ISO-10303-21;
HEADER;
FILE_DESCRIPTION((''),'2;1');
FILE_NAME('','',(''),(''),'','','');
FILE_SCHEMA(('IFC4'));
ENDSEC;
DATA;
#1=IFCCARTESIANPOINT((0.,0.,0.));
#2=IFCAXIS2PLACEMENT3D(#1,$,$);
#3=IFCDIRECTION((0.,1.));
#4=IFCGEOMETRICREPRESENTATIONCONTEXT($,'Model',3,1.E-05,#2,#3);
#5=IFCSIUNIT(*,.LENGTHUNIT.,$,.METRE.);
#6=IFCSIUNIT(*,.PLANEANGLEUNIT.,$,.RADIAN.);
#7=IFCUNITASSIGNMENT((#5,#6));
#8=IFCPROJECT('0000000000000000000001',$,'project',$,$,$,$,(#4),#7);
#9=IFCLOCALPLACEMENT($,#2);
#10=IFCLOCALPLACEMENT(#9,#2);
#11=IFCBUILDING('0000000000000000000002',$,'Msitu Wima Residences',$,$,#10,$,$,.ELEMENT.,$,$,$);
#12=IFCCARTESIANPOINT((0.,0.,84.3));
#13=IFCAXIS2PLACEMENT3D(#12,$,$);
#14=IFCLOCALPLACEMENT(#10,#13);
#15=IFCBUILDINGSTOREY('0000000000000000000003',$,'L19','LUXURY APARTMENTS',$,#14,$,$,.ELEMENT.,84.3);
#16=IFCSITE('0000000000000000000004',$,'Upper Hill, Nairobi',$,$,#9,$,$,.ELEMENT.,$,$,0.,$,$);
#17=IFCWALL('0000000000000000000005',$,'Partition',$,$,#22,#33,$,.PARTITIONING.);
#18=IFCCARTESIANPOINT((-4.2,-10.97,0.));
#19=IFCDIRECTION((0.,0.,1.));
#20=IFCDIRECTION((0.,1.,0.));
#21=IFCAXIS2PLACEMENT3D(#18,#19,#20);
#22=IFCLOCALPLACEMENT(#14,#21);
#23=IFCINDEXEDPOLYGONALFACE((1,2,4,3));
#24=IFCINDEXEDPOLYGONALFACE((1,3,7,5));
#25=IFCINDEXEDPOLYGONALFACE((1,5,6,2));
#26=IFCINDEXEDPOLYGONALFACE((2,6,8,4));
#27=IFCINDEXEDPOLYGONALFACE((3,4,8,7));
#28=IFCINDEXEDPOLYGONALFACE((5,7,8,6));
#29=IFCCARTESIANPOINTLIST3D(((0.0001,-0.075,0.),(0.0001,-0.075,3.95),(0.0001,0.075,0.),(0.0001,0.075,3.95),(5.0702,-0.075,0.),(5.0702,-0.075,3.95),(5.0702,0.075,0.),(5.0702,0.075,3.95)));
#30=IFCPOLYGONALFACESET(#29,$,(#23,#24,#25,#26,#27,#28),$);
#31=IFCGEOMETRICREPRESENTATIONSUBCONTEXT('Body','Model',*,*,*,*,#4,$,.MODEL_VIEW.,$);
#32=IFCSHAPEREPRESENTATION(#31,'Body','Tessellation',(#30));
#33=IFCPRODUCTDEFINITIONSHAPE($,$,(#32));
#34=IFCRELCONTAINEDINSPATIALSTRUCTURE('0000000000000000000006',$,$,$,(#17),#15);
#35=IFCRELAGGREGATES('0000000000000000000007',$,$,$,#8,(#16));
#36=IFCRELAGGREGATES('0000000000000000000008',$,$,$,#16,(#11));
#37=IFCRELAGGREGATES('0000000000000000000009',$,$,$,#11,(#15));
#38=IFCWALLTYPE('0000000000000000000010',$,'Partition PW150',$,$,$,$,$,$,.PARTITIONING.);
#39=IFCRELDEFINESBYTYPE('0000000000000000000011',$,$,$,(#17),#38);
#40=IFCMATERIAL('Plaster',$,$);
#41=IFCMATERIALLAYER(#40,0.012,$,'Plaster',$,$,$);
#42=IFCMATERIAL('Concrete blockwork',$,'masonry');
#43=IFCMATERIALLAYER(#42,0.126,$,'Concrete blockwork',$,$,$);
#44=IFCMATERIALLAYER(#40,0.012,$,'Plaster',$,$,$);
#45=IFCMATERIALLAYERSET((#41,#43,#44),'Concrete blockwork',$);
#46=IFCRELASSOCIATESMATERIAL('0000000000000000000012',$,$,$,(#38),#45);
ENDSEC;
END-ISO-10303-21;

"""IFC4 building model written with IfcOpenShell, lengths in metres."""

from ifc_helpers import new_model, si_unit, direction, frame, frame_2d, origin, place, context, subcontext, project, spatial, rectangle, extrude, material, layer, layer_set, type_object, element, save


model = new_model("IFC4")

# Units and contexts
model_context = context("Model", 3, precision=1e-05, world=origin(), true_north=direction((0.0, 1.0)))
body_context = subcontext(model_context, "Body", "Model", "MODEL_VIEW")
ifc_project = project(units=[si_unit("LENGTHUNIT", "METRE"), si_unit("PLANEANGLEUNIT", "RADIAN")], contexts=[model_context])

# Site, building, storey
site_placement = place(None, origin())
site = spatial("IfcSite", under=ifc_project, at=site_placement, Name="Upper Hill, Nairobi", CompositionType="ELEMENT", RefElevation=0.0)
building_placement = place(site_placement, origin())
building = spatial("IfcBuilding", under=site, at=building_placement, Name="Msitu Wima Residences", CompositionType="ELEMENT")
storey_placement = place(building_placement, frame((0.0, 0.0, 84.3)))
storey = spatial("IfcBuildingStorey", under=building, at=storey_placement, Name="L19", Description="LUXURY APARTMENTS", CompositionType="ELEMENT", Elevation=84.3)

# Wall
ifc_material_1 = material(Name="Plaster")
ifc_layer_1 = layer(ifc_material_1, 0.012, Name="Plaster")
ifc_material_2 = material(Name="Concrete blockwork", Category="masonry")
ifc_layer_2 = layer(ifc_material_2, 0.126, Name="Concrete blockwork")
ifc_layer_3 = layer(ifc_material_1, 0.012, Name="Plaster")
ifc_layer_set_1 = layer_set([ifc_layer_1, ifc_layer_2, ifc_layer_3], Name="Concrete blockwork")
wall_type_1 = type_object("IfcWallType", Name="Partition PW150", PredefinedType="PARTITIONING", material=ifc_layer_set_1)
wall_1_placement = place(storey_placement, frame((-4.2, -10.97, 0.0), z_axis=(0.0, 0.0, 1.0), x_axis=(0.0, 1.0, 0.0)))
element("IfcWall", 1, at=wall_1_placement, inside=storey, type_object=wall_type_1, Name="Partition", PredefinedType="PARTITIONING", context=body_context, shape_type="SweptSolid", body=[
    extrude(rectangle(XDim=5.0701, YDim=0.1499, at=frame_2d((2.5352, 0.0))), origin(), (0.0, 0.0, 1.0), 3.95),
])

save(model, "model.ifc")
